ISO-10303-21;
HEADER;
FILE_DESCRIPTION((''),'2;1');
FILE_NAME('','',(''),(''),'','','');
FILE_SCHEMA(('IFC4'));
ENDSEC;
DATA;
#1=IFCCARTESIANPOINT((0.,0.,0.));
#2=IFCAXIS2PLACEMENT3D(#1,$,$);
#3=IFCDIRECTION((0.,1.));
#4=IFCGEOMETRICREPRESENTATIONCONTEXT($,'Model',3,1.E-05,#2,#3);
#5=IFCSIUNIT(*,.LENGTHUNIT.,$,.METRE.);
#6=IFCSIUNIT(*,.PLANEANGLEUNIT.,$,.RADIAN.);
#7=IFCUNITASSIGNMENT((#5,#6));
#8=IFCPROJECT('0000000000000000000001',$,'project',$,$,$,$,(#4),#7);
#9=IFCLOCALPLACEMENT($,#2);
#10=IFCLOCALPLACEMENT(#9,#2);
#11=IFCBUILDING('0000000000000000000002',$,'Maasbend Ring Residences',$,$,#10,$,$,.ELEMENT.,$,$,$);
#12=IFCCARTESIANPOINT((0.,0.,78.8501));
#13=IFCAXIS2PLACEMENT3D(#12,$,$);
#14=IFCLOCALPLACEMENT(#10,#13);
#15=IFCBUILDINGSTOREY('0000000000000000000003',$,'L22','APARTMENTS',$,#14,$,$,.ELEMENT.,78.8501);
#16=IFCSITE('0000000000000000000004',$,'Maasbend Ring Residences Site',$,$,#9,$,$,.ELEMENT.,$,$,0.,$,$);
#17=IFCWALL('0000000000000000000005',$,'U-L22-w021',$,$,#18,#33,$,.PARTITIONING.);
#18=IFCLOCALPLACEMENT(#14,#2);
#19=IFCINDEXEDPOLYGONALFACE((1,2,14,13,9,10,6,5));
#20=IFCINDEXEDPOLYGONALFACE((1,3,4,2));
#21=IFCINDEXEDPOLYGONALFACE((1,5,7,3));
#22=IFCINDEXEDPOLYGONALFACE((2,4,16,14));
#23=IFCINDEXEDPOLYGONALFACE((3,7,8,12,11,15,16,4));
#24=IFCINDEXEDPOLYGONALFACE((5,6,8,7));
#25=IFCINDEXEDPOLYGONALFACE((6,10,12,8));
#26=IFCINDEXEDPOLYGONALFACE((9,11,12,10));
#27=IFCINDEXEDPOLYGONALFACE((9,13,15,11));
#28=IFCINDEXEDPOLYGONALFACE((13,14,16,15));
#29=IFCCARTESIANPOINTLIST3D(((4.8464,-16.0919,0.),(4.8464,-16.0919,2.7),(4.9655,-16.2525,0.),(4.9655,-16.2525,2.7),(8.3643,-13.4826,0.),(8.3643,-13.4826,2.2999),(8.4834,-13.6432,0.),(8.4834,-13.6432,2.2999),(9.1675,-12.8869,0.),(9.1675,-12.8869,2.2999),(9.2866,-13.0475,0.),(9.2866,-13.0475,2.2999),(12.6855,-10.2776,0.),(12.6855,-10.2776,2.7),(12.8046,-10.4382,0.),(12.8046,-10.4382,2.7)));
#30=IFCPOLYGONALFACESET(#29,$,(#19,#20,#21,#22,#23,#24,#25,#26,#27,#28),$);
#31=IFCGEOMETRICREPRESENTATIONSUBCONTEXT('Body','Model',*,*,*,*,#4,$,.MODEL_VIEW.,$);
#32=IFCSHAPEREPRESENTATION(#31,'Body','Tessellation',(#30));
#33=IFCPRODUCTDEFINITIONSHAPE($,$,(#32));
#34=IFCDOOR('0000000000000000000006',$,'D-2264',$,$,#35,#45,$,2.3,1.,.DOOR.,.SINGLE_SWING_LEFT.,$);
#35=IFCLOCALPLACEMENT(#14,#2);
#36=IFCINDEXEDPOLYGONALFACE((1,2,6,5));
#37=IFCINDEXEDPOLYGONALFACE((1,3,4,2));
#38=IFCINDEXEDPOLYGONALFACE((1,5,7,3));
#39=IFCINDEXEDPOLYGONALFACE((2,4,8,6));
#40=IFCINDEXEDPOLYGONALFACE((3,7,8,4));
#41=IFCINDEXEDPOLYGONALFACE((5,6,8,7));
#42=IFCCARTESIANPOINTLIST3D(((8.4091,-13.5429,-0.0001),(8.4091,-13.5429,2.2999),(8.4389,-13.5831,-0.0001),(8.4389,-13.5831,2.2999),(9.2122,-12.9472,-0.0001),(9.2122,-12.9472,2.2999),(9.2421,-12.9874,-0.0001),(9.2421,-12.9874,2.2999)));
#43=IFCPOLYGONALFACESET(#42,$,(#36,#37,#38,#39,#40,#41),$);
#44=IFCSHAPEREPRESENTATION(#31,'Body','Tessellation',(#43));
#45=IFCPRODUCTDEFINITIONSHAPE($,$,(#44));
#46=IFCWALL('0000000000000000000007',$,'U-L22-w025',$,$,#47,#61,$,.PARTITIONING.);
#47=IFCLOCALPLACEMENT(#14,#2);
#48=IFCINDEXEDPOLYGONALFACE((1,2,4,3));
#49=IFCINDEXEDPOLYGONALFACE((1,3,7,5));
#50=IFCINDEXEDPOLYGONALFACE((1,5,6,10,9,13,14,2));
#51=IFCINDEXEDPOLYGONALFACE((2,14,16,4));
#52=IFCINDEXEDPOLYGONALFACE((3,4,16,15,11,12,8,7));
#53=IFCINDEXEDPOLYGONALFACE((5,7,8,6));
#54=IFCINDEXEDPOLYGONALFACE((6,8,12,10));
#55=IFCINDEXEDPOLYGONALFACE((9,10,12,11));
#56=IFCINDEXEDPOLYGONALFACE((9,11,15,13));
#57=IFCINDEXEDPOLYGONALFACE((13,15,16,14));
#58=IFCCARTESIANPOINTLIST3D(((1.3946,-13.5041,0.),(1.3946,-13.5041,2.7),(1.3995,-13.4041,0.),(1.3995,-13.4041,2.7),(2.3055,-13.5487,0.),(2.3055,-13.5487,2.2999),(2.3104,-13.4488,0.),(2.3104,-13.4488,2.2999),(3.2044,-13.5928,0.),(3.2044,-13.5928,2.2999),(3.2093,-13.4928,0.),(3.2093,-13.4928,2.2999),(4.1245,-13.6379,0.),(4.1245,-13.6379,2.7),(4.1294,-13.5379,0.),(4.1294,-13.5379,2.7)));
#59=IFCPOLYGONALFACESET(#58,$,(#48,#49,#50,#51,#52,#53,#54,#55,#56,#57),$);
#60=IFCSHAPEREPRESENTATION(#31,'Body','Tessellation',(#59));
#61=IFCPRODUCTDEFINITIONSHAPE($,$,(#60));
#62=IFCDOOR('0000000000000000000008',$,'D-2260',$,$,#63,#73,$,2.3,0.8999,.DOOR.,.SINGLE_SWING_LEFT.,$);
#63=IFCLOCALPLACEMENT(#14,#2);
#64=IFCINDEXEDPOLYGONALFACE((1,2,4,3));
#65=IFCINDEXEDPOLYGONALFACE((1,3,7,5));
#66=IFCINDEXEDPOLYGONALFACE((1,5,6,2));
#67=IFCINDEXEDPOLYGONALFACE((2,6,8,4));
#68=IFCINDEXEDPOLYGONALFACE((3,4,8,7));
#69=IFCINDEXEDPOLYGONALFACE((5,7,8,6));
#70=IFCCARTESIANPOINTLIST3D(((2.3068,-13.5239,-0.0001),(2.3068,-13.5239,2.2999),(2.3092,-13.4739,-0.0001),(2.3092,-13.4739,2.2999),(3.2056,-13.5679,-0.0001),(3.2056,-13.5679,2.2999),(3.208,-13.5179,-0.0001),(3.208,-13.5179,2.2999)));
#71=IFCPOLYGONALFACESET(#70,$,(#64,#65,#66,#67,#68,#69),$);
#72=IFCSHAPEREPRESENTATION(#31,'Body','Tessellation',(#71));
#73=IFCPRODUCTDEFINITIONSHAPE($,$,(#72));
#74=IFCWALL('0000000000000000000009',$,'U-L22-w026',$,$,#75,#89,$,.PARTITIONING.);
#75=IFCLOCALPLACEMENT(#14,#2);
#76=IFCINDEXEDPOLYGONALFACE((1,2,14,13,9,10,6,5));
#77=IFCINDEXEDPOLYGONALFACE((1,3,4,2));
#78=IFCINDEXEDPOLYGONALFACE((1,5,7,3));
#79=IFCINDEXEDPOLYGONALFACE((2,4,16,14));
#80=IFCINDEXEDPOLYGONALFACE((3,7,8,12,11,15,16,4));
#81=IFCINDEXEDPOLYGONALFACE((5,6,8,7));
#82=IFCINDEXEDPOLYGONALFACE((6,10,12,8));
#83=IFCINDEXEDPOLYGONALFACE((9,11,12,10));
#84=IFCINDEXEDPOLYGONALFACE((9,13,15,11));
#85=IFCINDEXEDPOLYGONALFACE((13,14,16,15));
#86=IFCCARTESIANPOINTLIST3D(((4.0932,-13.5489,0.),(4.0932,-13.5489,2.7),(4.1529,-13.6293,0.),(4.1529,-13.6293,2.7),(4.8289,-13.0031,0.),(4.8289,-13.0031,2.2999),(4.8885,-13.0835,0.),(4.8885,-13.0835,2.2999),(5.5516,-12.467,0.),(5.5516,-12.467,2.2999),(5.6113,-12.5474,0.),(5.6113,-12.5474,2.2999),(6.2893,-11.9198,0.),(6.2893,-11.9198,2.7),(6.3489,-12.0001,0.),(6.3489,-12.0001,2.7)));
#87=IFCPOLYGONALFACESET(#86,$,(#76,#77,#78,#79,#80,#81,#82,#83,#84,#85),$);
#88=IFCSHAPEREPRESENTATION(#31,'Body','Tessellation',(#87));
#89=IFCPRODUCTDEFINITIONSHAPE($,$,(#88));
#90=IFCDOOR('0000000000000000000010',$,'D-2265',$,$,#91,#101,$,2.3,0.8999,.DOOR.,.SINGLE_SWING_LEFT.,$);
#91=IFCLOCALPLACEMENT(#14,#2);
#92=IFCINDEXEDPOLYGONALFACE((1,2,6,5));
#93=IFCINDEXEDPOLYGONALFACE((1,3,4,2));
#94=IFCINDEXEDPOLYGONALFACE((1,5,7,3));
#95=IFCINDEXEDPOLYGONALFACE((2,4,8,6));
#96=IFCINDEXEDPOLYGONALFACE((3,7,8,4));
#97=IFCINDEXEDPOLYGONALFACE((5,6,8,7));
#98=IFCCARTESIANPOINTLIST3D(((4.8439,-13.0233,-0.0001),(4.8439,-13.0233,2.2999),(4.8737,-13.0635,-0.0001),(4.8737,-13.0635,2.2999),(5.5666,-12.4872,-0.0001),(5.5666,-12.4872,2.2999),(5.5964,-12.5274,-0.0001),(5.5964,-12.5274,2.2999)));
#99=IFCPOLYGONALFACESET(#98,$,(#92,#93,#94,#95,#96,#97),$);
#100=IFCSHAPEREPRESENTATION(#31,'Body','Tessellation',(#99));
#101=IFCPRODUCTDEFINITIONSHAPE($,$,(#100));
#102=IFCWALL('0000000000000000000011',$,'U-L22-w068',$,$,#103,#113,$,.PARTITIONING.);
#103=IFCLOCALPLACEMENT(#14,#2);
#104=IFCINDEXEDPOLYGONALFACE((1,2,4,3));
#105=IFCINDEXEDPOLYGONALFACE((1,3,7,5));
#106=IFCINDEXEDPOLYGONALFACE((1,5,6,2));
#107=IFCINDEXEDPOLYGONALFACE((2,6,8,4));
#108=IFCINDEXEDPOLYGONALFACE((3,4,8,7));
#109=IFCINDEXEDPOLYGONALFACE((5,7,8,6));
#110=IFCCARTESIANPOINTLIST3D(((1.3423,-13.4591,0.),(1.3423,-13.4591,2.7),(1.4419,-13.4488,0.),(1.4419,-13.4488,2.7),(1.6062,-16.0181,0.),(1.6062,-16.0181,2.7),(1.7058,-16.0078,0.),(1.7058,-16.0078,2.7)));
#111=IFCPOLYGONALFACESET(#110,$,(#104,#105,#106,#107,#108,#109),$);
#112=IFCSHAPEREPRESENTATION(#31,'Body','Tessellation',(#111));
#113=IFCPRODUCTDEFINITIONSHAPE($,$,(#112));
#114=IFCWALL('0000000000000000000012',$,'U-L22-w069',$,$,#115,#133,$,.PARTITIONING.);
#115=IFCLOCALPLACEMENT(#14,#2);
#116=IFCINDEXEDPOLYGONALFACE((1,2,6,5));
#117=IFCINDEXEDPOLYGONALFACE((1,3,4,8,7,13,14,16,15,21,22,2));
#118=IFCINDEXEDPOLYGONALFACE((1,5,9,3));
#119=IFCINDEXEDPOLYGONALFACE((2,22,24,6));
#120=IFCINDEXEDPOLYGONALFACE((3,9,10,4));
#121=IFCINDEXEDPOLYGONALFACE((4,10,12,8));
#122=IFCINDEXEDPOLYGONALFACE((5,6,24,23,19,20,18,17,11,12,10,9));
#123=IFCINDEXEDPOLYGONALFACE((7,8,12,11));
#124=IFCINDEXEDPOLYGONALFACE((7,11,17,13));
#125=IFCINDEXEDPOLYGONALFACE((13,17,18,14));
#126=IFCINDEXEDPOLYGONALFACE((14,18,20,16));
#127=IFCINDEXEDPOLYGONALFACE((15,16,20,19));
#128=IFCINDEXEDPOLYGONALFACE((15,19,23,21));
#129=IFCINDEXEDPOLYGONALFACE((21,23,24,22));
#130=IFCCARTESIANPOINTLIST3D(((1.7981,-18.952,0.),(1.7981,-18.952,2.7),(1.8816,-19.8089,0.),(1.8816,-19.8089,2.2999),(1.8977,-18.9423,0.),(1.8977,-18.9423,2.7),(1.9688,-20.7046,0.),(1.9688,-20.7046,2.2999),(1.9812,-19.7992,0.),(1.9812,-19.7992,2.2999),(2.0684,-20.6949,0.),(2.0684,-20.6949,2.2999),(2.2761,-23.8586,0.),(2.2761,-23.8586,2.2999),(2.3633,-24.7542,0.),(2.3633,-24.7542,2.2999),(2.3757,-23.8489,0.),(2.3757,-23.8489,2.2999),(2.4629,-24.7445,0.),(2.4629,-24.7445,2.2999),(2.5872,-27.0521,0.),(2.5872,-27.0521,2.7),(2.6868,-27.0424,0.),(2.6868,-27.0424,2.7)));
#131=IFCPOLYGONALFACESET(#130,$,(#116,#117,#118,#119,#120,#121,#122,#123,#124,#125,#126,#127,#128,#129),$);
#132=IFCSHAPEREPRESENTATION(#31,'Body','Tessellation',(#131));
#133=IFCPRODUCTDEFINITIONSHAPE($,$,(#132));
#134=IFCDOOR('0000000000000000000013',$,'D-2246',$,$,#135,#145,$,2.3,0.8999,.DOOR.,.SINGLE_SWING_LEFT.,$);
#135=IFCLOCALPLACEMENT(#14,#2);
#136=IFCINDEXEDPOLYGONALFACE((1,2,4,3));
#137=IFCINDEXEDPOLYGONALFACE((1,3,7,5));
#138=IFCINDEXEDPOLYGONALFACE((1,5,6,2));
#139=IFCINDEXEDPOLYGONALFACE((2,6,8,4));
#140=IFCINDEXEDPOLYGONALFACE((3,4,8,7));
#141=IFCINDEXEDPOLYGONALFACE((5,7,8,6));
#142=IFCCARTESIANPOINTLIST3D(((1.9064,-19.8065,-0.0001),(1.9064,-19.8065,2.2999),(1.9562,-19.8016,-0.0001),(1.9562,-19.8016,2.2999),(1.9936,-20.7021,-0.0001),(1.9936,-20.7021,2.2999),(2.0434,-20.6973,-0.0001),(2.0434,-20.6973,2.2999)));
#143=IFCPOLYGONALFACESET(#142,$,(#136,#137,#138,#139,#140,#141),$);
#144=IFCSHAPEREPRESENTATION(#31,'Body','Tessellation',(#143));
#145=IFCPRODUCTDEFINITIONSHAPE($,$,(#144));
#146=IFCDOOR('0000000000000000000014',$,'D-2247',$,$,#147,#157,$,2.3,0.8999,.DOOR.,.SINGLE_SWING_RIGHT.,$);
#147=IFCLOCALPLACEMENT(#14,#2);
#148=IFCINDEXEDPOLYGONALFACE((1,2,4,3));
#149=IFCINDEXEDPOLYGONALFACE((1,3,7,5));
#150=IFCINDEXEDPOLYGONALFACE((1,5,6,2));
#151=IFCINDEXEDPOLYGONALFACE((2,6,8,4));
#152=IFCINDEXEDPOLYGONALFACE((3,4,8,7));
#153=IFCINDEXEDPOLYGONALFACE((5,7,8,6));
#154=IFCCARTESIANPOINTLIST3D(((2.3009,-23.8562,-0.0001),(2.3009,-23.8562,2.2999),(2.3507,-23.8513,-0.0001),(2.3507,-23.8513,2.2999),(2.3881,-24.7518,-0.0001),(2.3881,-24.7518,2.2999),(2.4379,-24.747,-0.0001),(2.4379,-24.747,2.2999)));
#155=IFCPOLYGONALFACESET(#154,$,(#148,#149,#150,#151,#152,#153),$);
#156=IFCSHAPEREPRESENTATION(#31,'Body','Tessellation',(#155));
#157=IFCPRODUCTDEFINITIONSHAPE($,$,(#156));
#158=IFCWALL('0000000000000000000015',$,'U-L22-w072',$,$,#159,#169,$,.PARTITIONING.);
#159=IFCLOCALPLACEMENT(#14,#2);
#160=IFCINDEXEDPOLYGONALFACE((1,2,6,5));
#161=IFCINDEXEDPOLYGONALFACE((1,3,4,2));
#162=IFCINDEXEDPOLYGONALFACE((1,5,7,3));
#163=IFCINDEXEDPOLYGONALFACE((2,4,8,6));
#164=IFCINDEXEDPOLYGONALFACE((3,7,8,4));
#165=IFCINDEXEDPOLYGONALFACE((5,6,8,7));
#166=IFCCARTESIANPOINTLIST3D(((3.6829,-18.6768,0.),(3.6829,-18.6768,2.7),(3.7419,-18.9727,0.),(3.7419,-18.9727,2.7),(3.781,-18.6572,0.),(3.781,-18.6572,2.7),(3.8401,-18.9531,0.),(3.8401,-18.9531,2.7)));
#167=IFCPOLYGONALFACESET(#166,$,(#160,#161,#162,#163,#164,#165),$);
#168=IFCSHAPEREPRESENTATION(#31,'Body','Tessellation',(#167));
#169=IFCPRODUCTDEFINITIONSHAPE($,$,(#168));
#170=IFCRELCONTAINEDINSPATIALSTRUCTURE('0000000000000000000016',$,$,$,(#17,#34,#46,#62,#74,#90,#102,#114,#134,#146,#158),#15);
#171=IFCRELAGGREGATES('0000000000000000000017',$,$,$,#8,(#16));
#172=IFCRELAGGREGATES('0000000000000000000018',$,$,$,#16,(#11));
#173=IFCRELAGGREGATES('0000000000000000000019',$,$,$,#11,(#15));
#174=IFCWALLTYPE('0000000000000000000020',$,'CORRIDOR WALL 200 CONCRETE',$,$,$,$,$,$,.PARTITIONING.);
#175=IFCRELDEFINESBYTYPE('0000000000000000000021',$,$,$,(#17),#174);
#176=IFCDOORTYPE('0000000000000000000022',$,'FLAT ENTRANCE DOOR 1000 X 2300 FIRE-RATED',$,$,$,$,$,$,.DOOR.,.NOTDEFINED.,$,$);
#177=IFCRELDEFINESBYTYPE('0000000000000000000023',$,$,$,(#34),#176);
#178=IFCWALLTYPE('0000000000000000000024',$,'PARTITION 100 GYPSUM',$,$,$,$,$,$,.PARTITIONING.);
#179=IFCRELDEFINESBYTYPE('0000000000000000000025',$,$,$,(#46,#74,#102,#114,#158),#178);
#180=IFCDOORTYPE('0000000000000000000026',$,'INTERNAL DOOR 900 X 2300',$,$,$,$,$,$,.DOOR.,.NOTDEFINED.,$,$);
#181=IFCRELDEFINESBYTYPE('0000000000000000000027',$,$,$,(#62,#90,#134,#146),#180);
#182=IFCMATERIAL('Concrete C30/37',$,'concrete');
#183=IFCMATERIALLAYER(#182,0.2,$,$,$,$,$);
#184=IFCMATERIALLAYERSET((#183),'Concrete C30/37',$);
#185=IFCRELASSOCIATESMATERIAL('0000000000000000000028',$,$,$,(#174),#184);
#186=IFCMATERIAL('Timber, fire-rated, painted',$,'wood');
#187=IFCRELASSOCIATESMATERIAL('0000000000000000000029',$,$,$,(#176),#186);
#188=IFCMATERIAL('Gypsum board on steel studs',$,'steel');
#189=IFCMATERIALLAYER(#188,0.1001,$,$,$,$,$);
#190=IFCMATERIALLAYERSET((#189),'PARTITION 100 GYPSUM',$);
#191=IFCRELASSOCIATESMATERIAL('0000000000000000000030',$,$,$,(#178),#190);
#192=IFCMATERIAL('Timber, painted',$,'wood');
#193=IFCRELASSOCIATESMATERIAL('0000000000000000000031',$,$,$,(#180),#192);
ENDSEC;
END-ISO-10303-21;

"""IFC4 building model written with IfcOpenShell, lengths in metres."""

from ifc_helpers import new_model, si_unit, direction, frame, frame_2d, origin, place, context, subcontext, project, spatial, rectangle, extrude, material, layer, layer_set, type_object, element, fill, save


model = new_model("IFC4")

# Units and contexts
model_context = context("Model", 3, precision=1e-05, world=origin(), true_north=direction((0.0, 1.0)))
body_context = subcontext(model_context, "Body", "Model", "MODEL_VIEW")
ifc_project = project(units=[si_unit("LENGTHUNIT", "METRE"), si_unit("PLANEANGLEUNIT", "RADIAN")], contexts=[model_context])

# Site, building, storey
site_placement = place(None, origin())
site = spatial("IfcSite", under=ifc_project, at=site_placement, Name="Maasbend Ring Residences Site", CompositionType="ELEMENT", RefElevation=0.0)
building_placement = place(site_placement, origin())
building = spatial("IfcBuilding", under=site, at=building_placement, Name="Maasbend Ring Residences", CompositionType="ELEMENT")
storey_placement = place(building_placement, frame((0.0, 0.0, 78.8501)))
storey = spatial("IfcBuildingStorey", under=building, at=storey_placement, Name="L22", Description="APARTMENTS", CompositionType="ELEMENT", Elevation=78.8501)

# Walls, openings, doors
ifc_material_1 = material(Name="Concrete C30/37", Category="concrete")
ifc_layer_1 = layer(ifc_material_1, 0.2)
ifc_layer_set_1 = layer_set([ifc_layer_1], Name="Concrete C30/37")
wall_type_1 = type_object("IfcWallType", Name="CORRIDOR WALL 200 CONCRETE", PredefinedType="PARTITIONING", material=ifc_layer_set_1)
ifc_material_2 = material(Name="Timber, fire-rated, painted", Category="wood")
door_type_1 = type_object("IfcDoorType", Name="FLAT ENTRANCE DOOR 1000 X 2300 FIRE-RATED", OperationType="NOTDEFINED", PredefinedType="DOOR", material=ifc_material_2)
wall_1_placement = place(storey_placement, frame((4.906, -16.1721, 0.0), z_axis=(0.0, 0.0, 1.0), x_axis=(0.803191, 0.595721, 0.0)))
wall_1 = element("IfcWall", 1, at=wall_1_placement, inside=storey, type_object=wall_type_1, Name="U-L22-w021", PredefinedType="PARTITIONING", context=body_context, shape_type="SweptSolid", body=[
    extrude(rectangle(XDim=9.76, YDim=0.2, at=frame_2d((4.8799, 0.0))), origin(), (0.0, 0.0, 1.0), 2.7),
])
opening_1_placement = place(wall_1_placement, frame((4.3799, 0.0, 0.0)))
opening_1 = element("IfcOpeningElement", 2, at=opening_1_placement, cuts=wall_1, PredefinedType="OPENING", context=body_context, shape_type="SweptSolid", body=[
    extrude(rectangle(XDim=1.0, YDim=2.3, at=frame_2d((0.5, 1.1499))), frame((0.0, 0.1099, 0.0), z_axis=(0.0, -1.0, 0.0), x_axis=(1.0, 0.0, 0.0)), (0.0, 0.0, 1.0), 0.22),
])
door_1_placement = place(opening_1_placement, origin())
door_1 = element("IfcDoor", 3, at=door_1_placement, inside=storey, type_object=door_type_1, Name="D-2264", OperationType="SINGLE_SWING_LEFT", OverallHeight=2.3, OverallWidth=1.0, PredefinedType="DOOR", context=body_context, shape_type="SweptSolid", body=[
    extrude(rectangle(XDim=1.0, YDim=2.3, at=frame_2d((0.5, 1.1499))), frame((0.0, 0.0249, 0.0), z_axis=(0.0, -1.0, 0.0), x_axis=(1.0, 0.0, 0.0)), (0.0, 0.0, 1.0), 0.05),
])
fill(opening_1, door_1)
ifc_material_3 = material(Name="Gypsum board on steel studs", Category="steel")
ifc_layer_2 = layer(ifc_material_3, 0.1001)
ifc_layer_set_2 = layer_set([ifc_layer_2], Name="PARTITION 100 GYPSUM")
wall_type_2 = type_object("IfcWallType", Name="PARTITION 100 GYPSUM", PredefinedType="PARTITIONING", material=ifc_layer_set_2)
wall_2_placement = place(storey_placement, frame((1.397, -13.4541, 0.0), z_axis=(0.0, 0.0, 1.0), x_axis=(0.998801, -0.048949, 0.0)))
wall_2 = element("IfcWall", 4, at=wall_2_placement, inside=storey, type_object=wall_type_2, Name="U-L22-w025", PredefinedType="PARTITIONING", context=body_context, shape_type="SweptSolid", body=[
    extrude(rectangle(XDim=2.7332, YDim=0.1001, at=frame_2d((1.3667, 0.0))), origin(), (0.0, 0.0, 1.0), 2.7),
])
opening_2_placement = place(wall_2_placement, frame((0.9121, 0.0, 0.0)))
opening_2 = element("IfcOpeningElement", 5, at=opening_2_placement, cuts=wall_2, PredefinedType="OPENING", context=body_context, shape_type="SweptSolid", body=[
    extrude(rectangle(XDim=0.8999, YDim=2.3, at=frame_2d((0.45, 1.1499))), frame((0.0, 0.0601, 0.0), z_axis=(0.0, -1.0, 0.0), x_axis=(1.0, 0.0, 0.0)), (0.0, 0.0, 1.0), 0.1201),
])
ifc_material_4 = material(Name="Timber, painted", Category="wood")
door_type_2 = type_object("IfcDoorType", Name="INTERNAL DOOR 900 X 2300", OperationType="NOTDEFINED", PredefinedType="DOOR", material=ifc_material_4)
door_2_placement = place(opening_2_placement, origin())
door_2 = element("IfcDoor", 6, at=door_2_placement, inside=storey, type_object=door_type_2, Name="D-2260", OperationType="SINGLE_SWING_LEFT", OverallHeight=2.3, OverallWidth=0.8999, PredefinedType="DOOR", context=body_context, shape_type="SweptSolid", body=[
    extrude(rectangle(XDim=0.8999, YDim=2.3, at=frame_2d((0.45, 1.1499))), frame((0.0, 0.0249, 0.0), z_axis=(0.0, -1.0, 0.0), x_axis=(1.0, 0.0, 0.0)), (0.0, 0.0, 1.0), 0.05),
])
fill(opening_2, door_2)
wall_3_placement = place(storey_placement, frame((4.123, -13.5891, 0.0), z_axis=(0.0, 0.0, 1.0), x_axis=(0.803128, 0.595806, 0.0)))
wall_3 = element("IfcWall", 7, at=wall_3_placement, inside=storey, type_object=wall_type_2, Name="U-L22-w026", PredefinedType="PARTITIONING", context=body_context, shape_type="SweptSolid", body=[
    extrude(rectangle(XDim=2.7344, YDim=0.1001, at=frame_2d((1.3672, 0.0))), origin(), (0.0, 0.0, 1.0), 2.7),
])
opening_3_placement = place(wall_3_placement, frame((0.916, 0.0, 0.0)))
opening_3 = element("IfcOpeningElement", 8, at=opening_3_placement, cuts=wall_3, PredefinedType="OPENING", context=body_context, shape_type="SweptSolid", body=[
    extrude(rectangle(XDim=0.8999, YDim=2.3, at=frame_2d((0.45, 1.1499))), frame((0.0, 0.0601, 0.0), z_axis=(0.0, -1.0, 0.0), x_axis=(1.0, 0.0, 0.0)), (0.0, 0.0, 1.0), 0.1201),
])
door_3_placement = place(opening_3_placement, origin())
door_3 = element("IfcDoor", 9, at=door_3_placement, inside=storey, type_object=door_type_2, Name="D-2265", OperationType="SINGLE_SWING_LEFT", OverallHeight=2.3, OverallWidth=0.8999, PredefinedType="DOOR", context=body_context, shape_type="SweptSolid", body=[
    extrude(rectangle(XDim=0.8999, YDim=2.3, at=frame_2d((0.45, 1.1499))), frame((0.0, 0.0249, 0.0), z_axis=(0.0, -1.0, 0.0), x_axis=(1.0, 0.0, 0.0)), (0.0, 0.0, 1.0), 0.05),
])
fill(opening_3, door_3)

# Wall
wall_4_placement = place(storey_placement, frame((1.3921, -13.4541, 0.0), z_axis=(0.0, 0.0, 1.0), x_axis=(0.102595, -0.994723, 0.0)))
element("IfcWall", 10, at=wall_4_placement, inside=storey, type_object=wall_type_2, Name="U-L22-w068", PredefinedType="PARTITIONING", context=body_context, shape_type="SweptSolid", body=[
    extrude(rectangle(XDim=2.5725, YDim=0.1001, at=frame_2d((1.2861, 0.0))), origin(), (0.0, 0.0, 1.0), 2.7),
])

# Wall, openings, doors
wall_5_placement = place(storey_placement, frame((1.8479, -18.947, 0.0), z_axis=(0.0, 0.0, 1.0), x_axis=(0.096955, -0.995289, 0.0)))
wall_5 = element("IfcWall", 11, at=wall_5_placement, inside=storey, type_object=wall_type_2, Name="U-L22-w069", PredefinedType="PARTITIONING", context=body_context, shape_type="SweptSolid", body=[
    extrude(rectangle(XDim=8.1384, YDim=0.1001, at=frame_2d((4.0693, 0.0))), origin(), (0.0, 0.0, 1.0), 2.7),
])
opening_4_placement = place(wall_5_placement, frame((0.8611, 0.0, 0.0)))
opening_4 = element("IfcOpeningElement", 12, at=opening_4_placement, cuts=wall_5, PredefinedType="OPENING", context=body_context, shape_type="SweptSolid", body=[
    extrude(rectangle(XDim=0.8999, YDim=2.3, at=frame_2d((0.45, 1.1499))), frame((0.0, 0.0601, 0.0), z_axis=(0.0, -1.0, 0.0), x_axis=(1.0, 0.0, 0.0)), (0.0, 0.0, 1.0), 0.1201),
])
opening_5_placement = place(wall_5_placement, frame((4.9299, 0.0, 0.0)))
opening_5 = element("IfcOpeningElement", 13, at=opening_5_placement, cuts=wall_5, PredefinedType="OPENING", context=body_context, shape_type="SweptSolid", body=[
    extrude(rectangle(XDim=0.8999, YDim=2.3, at=frame_2d((0.45, 1.1499))), frame((0.0, 0.0601, 0.0), z_axis=(0.0, -1.0, 0.0), x_axis=(1.0, 0.0, 0.0)), (0.0, 0.0, 1.0), 0.1201),
])
door_4_placement = place(opening_4_placement, origin())
door_4 = element("IfcDoor", 14, at=door_4_placement, inside=storey, type_object=door_type_2, Name="D-2246", OperationType="SINGLE_SWING_LEFT", OverallHeight=2.3, OverallWidth=0.8999, PredefinedType="DOOR", context=body_context, shape_type="SweptSolid", body=[
    extrude(rectangle(XDim=0.8999, YDim=2.3, at=frame_2d((0.45, 1.1499))), frame((0.0, 0.0249, 0.0), z_axis=(0.0, -1.0, 0.0), x_axis=(1.0, 0.0, 0.0)), (0.0, 0.0, 1.0), 0.05),
])
fill(opening_4, door_4)
door_5_placement = place(opening_5_placement, origin())
door_5 = element("IfcDoor", 15, at=door_5_placement, inside=storey, type_object=door_type_2, Name="D-2247", OperationType="SINGLE_SWING_RIGHT", OverallHeight=2.3, OverallWidth=0.8999, PredefinedType="DOOR", context=body_context, shape_type="SweptSolid", body=[
    extrude(rectangle(XDim=0.8999, YDim=2.3, at=frame_2d((0.45, 1.1499))), frame((0.0, 0.0249, 0.0), z_axis=(0.0, -1.0, 0.0), x_axis=(1.0, 0.0, 0.0)), (0.0, 0.0, 1.0), 0.05),
])
fill(opening_5, door_5)

# Wall
wall_6_placement = place(storey_placement, frame((3.7319, -18.667, 0.0), z_axis=(0.0, 0.0, 1.0), x_axis=(0.195805, -0.980643, 0.0)))
element("IfcWall", 16, at=wall_6_placement, inside=storey, type_object=wall_type_2, Name="U-L22-w072", PredefinedType="PARTITIONING", context=body_context, shape_type="SweptSolid", body=[
    extrude(rectangle(XDim=0.3018, YDim=0.1001, at=frame_2d((0.1509, 0.0))), origin(), (0.0, 0.0, 1.0), 2.7),
])

save(model, "model.ifc")
